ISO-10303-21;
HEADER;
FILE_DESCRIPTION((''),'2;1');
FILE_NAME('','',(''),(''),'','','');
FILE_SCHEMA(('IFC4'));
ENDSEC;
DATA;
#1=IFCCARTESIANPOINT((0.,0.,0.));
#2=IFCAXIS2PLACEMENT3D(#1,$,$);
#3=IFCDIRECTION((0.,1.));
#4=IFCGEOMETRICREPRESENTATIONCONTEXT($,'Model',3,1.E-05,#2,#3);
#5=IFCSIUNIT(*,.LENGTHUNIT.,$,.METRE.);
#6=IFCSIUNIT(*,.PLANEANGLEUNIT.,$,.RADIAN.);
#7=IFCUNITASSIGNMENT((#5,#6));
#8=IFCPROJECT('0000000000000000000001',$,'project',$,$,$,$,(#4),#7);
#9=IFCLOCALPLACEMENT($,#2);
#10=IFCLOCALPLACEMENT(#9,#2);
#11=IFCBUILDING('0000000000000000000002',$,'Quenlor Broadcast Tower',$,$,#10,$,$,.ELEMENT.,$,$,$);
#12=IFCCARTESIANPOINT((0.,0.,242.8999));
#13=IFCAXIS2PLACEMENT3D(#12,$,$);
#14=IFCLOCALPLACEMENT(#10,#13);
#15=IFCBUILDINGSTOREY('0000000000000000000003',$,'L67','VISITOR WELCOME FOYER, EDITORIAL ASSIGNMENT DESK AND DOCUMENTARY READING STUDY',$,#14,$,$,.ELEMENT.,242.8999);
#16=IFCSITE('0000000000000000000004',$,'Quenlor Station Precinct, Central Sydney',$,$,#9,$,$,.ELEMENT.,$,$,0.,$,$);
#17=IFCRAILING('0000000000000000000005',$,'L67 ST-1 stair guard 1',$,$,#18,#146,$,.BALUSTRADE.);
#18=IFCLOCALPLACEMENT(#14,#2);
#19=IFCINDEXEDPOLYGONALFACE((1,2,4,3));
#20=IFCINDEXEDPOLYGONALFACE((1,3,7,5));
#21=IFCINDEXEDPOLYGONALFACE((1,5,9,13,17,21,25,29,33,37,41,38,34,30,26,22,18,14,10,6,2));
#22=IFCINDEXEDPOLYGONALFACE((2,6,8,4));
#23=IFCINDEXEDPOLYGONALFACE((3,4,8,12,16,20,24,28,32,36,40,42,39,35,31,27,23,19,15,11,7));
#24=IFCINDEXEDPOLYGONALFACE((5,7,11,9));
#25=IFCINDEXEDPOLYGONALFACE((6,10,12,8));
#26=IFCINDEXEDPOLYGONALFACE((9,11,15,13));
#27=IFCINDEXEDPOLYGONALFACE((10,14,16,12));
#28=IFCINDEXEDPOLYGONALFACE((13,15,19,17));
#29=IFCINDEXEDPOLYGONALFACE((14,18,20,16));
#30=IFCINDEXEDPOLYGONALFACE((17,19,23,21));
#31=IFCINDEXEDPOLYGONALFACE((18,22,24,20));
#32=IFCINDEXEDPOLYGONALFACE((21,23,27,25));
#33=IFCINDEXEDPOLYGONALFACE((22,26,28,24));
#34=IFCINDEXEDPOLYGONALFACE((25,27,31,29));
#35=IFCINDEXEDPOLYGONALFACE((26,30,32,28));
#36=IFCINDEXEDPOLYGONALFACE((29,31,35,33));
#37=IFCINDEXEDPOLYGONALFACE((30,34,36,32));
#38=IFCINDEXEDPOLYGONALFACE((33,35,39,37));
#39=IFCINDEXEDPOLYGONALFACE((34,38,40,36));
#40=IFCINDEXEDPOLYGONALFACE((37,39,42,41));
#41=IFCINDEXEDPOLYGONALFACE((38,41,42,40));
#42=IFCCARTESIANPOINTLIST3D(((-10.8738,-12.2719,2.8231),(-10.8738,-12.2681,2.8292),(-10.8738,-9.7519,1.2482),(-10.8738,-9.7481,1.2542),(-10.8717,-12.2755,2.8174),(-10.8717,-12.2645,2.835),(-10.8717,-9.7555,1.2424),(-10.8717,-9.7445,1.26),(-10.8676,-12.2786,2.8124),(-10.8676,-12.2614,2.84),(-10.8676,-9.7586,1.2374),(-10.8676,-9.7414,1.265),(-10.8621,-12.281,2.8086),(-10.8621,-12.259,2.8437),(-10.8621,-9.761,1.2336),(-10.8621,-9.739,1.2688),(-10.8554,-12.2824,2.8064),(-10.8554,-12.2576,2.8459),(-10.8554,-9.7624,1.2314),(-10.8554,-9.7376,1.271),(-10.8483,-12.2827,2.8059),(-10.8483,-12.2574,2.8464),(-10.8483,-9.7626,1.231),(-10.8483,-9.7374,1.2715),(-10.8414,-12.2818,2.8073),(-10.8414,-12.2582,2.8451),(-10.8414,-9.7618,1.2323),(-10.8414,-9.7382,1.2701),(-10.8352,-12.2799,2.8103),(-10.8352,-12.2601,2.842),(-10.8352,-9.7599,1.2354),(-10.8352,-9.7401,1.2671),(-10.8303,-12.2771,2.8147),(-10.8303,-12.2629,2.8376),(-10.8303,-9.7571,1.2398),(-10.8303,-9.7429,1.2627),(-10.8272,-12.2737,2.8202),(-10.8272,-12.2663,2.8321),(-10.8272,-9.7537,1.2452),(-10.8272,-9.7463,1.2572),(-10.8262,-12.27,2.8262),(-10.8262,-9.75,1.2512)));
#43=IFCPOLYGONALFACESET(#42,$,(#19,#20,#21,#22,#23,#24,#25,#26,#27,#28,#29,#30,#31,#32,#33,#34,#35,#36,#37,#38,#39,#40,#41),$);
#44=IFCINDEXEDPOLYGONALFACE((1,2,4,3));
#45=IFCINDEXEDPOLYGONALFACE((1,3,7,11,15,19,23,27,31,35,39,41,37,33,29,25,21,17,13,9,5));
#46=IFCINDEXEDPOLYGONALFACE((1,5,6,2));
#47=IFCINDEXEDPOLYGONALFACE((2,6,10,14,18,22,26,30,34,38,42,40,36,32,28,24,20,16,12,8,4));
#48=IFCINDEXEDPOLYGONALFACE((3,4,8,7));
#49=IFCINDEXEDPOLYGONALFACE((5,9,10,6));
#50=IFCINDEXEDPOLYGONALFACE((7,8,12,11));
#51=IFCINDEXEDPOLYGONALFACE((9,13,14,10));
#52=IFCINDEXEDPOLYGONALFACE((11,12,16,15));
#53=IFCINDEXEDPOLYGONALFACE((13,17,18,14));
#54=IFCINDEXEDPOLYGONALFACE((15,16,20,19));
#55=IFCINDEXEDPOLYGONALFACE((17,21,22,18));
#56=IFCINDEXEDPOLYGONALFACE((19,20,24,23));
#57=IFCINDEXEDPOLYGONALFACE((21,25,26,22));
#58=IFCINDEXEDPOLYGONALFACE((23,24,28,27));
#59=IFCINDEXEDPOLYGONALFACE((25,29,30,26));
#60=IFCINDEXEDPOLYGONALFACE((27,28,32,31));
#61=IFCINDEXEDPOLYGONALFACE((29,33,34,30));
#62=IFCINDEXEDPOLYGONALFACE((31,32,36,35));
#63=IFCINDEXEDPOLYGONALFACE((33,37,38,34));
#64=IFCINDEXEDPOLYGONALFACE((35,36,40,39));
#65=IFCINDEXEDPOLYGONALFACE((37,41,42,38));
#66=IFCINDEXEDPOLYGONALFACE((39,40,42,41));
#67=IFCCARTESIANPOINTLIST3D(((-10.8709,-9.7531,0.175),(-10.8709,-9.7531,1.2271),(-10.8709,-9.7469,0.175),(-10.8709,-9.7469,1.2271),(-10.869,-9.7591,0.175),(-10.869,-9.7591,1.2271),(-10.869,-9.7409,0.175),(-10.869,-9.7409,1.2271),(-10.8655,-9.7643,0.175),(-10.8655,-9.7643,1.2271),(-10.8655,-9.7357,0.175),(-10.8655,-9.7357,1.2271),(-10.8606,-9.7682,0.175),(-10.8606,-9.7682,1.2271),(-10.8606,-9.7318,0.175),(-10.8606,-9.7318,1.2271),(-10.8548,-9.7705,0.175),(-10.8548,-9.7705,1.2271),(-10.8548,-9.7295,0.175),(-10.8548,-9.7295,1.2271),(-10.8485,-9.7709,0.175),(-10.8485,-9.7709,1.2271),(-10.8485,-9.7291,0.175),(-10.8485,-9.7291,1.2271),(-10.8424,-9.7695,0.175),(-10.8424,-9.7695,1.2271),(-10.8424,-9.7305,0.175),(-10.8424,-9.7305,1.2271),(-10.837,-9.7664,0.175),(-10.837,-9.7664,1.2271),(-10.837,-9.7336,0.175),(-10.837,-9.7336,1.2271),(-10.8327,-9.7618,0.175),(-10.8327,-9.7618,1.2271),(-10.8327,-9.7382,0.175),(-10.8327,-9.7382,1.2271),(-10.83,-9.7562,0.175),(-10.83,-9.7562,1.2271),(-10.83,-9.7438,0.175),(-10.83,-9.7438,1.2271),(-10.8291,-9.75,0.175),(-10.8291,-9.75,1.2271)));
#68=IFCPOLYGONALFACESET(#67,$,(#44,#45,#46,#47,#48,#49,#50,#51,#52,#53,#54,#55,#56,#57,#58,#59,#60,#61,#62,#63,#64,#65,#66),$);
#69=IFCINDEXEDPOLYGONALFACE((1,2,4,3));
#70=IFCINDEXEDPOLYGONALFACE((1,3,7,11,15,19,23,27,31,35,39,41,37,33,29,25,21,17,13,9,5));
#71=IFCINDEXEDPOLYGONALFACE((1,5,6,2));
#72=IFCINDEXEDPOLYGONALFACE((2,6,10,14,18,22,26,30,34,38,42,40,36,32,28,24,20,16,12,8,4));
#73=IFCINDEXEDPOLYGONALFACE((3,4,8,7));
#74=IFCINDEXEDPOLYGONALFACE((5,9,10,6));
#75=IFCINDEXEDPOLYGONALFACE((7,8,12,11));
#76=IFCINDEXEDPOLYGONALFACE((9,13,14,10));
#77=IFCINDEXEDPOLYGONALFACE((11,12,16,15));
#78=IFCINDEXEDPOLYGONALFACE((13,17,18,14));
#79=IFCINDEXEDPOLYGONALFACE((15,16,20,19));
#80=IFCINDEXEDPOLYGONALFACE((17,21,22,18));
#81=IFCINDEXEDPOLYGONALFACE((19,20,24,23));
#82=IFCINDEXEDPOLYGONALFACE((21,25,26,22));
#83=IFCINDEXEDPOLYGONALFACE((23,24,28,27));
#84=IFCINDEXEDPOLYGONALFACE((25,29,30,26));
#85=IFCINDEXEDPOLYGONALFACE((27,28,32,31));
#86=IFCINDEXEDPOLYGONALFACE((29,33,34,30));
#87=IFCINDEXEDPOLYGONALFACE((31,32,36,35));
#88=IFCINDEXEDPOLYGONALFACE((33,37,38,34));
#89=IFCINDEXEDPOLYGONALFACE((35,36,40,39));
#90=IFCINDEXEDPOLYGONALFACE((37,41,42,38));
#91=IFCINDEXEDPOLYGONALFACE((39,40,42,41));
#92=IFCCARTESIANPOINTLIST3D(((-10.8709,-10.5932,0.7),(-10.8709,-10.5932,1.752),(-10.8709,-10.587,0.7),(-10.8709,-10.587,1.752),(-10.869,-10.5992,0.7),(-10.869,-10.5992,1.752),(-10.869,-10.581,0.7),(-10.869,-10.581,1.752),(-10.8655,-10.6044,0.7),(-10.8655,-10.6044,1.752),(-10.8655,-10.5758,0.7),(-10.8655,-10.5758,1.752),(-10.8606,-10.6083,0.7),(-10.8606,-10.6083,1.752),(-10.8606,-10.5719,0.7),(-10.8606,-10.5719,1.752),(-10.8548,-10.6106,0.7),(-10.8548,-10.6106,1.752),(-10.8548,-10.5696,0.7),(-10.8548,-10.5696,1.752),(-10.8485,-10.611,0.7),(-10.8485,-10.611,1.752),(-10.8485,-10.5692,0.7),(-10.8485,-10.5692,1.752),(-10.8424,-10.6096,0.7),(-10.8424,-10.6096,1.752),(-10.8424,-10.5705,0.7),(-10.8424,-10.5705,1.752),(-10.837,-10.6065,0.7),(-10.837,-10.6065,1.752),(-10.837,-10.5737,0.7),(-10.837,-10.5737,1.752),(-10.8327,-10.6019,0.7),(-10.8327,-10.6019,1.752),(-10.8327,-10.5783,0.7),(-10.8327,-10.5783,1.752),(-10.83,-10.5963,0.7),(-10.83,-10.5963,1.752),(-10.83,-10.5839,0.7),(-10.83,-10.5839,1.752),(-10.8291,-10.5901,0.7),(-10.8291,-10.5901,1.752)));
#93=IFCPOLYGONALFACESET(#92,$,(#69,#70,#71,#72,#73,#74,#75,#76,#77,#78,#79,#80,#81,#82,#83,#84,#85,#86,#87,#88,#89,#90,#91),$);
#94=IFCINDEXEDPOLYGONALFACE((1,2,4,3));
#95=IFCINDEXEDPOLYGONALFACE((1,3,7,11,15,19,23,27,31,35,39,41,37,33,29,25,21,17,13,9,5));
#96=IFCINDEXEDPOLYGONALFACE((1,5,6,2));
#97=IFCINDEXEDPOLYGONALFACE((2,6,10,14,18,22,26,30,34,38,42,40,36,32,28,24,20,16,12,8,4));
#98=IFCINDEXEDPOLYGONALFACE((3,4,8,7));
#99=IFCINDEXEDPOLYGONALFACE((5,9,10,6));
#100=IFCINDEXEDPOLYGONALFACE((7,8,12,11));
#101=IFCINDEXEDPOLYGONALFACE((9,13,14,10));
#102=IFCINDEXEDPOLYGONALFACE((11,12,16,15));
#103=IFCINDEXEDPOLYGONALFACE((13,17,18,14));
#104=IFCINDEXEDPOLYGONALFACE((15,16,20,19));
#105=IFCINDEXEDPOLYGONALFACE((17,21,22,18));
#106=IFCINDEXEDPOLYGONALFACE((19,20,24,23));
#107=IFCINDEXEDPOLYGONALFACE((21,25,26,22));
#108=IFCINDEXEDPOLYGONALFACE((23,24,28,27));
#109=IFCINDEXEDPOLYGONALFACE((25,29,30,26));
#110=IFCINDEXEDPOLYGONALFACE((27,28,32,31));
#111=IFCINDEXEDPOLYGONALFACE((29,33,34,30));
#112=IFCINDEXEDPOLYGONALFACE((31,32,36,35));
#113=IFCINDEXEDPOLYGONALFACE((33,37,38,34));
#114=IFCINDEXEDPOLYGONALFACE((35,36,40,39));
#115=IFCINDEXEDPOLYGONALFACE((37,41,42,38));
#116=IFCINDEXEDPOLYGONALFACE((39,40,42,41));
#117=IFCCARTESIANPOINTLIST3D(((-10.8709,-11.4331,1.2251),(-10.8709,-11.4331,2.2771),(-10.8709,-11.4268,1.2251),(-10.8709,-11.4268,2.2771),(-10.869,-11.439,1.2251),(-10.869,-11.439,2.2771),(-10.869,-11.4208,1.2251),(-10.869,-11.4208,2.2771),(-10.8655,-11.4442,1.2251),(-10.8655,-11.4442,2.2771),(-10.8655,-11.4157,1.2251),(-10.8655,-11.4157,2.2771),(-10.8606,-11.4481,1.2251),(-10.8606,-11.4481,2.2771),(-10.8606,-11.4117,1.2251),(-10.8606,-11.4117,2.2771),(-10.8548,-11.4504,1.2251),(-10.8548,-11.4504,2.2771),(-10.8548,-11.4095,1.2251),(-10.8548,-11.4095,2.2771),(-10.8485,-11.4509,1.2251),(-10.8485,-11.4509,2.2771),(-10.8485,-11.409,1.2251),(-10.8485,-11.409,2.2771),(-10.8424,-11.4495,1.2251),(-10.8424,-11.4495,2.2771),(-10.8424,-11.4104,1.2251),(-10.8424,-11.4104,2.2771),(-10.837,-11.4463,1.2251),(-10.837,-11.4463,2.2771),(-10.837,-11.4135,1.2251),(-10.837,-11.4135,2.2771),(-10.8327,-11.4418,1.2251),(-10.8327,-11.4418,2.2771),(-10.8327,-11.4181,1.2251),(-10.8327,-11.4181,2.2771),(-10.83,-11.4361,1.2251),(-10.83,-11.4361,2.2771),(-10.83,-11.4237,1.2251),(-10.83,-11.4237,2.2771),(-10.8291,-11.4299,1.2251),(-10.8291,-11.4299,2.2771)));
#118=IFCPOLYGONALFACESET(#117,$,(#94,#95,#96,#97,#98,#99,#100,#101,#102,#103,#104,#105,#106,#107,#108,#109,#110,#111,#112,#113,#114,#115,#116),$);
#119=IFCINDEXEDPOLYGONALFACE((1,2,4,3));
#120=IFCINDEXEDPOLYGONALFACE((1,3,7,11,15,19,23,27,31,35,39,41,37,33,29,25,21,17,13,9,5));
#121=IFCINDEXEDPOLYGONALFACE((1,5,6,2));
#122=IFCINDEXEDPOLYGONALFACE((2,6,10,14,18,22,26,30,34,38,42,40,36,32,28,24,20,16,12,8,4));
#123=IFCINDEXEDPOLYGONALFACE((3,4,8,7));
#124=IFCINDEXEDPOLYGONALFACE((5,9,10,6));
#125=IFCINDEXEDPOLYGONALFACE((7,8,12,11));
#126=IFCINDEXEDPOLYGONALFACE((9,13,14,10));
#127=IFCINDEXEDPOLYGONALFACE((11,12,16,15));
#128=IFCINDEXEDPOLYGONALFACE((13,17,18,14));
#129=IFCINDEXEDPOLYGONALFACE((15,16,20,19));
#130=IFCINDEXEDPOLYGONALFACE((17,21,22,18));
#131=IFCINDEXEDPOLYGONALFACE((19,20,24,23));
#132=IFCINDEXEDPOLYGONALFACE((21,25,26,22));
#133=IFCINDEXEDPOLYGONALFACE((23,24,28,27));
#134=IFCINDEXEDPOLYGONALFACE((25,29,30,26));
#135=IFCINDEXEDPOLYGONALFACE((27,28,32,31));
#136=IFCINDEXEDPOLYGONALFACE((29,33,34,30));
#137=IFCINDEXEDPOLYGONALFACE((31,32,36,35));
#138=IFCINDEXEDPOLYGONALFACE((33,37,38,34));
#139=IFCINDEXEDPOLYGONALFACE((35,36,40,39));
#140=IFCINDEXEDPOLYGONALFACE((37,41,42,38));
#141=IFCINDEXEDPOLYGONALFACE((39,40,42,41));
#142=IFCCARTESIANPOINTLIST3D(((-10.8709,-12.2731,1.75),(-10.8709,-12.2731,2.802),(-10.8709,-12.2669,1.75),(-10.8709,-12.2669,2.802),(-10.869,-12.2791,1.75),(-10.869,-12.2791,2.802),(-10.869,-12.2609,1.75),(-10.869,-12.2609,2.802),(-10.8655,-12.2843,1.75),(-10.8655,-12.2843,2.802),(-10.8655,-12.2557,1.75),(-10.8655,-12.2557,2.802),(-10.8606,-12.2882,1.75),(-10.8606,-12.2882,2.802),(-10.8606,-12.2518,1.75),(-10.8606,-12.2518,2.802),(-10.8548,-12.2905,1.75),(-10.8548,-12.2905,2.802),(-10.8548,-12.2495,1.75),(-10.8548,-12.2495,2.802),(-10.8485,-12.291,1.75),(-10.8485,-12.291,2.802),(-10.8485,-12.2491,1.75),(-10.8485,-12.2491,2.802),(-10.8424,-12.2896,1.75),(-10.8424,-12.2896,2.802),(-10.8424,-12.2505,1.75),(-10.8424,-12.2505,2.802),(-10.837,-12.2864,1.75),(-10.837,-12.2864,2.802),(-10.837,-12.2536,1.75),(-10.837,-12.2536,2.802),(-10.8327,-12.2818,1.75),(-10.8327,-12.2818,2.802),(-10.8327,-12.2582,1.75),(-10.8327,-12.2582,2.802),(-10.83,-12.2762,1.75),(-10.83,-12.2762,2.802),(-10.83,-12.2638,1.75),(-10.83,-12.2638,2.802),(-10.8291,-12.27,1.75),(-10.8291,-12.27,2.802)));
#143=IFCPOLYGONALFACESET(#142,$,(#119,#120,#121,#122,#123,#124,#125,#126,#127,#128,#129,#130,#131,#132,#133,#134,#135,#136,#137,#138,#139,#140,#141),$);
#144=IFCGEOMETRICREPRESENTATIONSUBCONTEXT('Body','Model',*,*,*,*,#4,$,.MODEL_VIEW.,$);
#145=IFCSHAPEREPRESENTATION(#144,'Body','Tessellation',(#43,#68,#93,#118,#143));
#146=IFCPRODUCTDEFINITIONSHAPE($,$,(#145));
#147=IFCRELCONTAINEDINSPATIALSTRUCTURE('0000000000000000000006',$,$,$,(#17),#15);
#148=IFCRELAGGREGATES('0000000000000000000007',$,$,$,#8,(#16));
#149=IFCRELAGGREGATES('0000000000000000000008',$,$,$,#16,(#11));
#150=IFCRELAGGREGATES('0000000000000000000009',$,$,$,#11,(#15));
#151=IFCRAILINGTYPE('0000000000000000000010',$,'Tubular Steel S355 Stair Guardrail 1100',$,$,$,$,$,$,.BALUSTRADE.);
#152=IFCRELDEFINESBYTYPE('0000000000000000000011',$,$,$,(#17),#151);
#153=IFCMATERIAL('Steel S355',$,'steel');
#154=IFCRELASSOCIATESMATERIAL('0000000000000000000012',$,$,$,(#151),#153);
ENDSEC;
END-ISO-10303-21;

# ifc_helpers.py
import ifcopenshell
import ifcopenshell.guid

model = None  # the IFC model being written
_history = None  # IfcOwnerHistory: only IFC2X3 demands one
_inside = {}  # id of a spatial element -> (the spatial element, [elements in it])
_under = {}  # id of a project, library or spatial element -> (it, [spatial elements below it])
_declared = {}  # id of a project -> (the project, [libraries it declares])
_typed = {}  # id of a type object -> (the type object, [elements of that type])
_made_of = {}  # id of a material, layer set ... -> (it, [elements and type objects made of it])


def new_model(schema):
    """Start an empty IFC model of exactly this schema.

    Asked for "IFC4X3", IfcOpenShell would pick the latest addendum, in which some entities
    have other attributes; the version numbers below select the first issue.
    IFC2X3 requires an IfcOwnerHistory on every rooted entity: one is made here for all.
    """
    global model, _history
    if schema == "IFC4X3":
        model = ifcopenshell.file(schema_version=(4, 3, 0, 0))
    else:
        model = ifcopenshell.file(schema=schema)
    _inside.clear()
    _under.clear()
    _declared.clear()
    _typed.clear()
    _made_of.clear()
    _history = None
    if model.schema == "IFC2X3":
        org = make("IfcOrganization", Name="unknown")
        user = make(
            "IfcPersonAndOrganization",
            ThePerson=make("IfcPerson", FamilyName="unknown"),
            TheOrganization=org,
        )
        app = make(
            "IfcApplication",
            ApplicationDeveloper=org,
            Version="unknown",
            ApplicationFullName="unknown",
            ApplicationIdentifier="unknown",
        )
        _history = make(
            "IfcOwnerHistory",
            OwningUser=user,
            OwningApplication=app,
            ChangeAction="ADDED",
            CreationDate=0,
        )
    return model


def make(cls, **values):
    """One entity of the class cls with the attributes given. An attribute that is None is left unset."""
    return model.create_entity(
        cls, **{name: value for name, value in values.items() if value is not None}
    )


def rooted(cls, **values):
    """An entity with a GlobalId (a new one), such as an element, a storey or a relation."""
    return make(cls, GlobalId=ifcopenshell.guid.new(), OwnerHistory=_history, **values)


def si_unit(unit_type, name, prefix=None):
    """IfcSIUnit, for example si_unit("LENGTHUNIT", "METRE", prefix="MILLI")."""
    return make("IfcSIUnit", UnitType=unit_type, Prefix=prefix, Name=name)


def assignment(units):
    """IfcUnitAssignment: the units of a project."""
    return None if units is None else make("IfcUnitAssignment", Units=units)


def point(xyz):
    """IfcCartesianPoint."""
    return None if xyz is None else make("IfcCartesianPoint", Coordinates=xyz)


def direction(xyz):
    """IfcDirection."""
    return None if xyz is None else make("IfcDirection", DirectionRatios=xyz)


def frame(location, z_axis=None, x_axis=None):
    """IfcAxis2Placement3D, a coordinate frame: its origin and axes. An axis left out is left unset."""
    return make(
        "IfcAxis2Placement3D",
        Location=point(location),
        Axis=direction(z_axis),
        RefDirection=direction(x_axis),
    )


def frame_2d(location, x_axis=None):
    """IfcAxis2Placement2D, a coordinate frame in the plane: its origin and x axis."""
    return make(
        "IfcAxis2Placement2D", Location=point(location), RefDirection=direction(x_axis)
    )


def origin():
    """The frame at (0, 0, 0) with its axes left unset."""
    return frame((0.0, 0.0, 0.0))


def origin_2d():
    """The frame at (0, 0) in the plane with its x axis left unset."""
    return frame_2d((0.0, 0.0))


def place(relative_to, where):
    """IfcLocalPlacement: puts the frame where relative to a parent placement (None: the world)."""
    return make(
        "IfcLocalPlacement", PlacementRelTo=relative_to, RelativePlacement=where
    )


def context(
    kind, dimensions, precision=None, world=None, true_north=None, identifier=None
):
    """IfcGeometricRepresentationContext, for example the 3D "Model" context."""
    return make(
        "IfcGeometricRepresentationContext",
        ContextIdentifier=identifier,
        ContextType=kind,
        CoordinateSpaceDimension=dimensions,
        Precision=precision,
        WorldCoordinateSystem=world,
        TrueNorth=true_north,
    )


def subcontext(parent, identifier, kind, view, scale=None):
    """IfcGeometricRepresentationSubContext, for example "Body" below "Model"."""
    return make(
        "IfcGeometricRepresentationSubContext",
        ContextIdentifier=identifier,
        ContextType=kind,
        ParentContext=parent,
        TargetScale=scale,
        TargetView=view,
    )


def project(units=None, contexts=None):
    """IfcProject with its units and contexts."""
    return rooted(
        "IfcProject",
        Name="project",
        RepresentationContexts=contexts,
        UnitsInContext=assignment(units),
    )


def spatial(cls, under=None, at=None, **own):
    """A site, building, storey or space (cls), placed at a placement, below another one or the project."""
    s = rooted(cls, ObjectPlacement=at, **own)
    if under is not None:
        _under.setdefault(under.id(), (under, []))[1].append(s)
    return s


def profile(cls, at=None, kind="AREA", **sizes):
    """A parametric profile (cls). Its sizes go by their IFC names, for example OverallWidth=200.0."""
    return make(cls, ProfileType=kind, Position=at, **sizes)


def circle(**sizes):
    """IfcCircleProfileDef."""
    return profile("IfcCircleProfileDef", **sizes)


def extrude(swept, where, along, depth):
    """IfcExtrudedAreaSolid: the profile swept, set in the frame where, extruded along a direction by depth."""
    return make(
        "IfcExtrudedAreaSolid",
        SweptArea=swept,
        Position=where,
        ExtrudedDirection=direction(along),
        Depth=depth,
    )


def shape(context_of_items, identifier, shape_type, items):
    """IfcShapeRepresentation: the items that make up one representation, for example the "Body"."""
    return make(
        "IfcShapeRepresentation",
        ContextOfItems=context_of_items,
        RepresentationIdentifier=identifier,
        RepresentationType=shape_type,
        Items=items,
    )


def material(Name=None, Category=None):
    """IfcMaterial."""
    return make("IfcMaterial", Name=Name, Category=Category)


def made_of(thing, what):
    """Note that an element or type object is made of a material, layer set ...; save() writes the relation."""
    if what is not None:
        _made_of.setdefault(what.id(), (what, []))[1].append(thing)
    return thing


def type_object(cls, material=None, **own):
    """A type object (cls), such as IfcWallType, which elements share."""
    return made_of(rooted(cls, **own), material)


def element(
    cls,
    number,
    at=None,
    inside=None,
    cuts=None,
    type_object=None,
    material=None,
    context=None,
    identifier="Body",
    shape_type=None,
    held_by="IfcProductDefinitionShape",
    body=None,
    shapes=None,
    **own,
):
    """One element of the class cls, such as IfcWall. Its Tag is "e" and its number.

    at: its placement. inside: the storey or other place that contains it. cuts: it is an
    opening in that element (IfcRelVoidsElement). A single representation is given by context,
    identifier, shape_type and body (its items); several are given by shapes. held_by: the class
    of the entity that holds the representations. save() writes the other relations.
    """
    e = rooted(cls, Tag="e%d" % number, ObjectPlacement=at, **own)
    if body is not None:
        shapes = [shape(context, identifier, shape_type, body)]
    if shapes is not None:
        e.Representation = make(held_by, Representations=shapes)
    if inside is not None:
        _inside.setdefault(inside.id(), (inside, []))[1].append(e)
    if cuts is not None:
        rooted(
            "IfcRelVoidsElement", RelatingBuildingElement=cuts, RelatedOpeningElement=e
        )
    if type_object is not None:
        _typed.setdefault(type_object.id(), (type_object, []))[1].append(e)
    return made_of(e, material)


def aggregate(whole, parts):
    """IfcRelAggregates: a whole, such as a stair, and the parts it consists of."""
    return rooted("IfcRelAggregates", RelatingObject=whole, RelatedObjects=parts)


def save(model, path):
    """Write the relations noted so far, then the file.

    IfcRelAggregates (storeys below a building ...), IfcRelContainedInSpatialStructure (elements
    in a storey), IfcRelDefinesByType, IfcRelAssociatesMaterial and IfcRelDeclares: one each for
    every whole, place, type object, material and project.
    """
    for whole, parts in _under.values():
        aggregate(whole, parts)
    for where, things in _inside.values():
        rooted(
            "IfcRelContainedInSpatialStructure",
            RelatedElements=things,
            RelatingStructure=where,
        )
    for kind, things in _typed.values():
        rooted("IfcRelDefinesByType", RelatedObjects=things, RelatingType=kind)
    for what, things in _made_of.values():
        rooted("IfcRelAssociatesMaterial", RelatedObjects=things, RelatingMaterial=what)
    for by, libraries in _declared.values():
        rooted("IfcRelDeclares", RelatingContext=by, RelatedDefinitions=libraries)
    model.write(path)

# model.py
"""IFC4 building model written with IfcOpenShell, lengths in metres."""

from ifc_helpers import new_model, si_unit, direction, frame, origin, origin_2d, place, context, subcontext, project, spatial, circle, extrude, material, type_object, element, save


model = new_model("IFC4")

# Units and contexts
model_context = context("Model", 3, precision=1e-05, world=origin(), true_north=direction((0.0, 1.0)))
body_context = subcontext(model_context, "Body", "Model", "MODEL_VIEW")
ifc_project = project(units=[si_unit("LENGTHUNIT", "METRE"), si_unit("PLANEANGLEUNIT", "RADIAN")], contexts=[model_context])

# Site, building, storey
site_placement = place(None, origin())
site = spatial("IfcSite", under=ifc_project, at=site_placement, Name="Quenlor Station Precinct, Central Sydney", CompositionType="ELEMENT", RefElevation=0.0)
building_placement = place(site_placement, origin())
building = spatial("IfcBuilding", under=site, at=building_placement, Name="Quenlor Broadcast Tower", CompositionType="ELEMENT")
storey_placement = place(building_placement, frame((0.0, 0.0, 242.8999)))
storey = spatial("IfcBuildingStorey", under=building, at=storey_placement, Name="L67", Description="VISITOR WELCOME FOYER, EDITORIAL ASSIGNMENT DESK AND DOCUMENTARY READING STUDY", CompositionType="ELEMENT", Elevation=242.8999)

# Railing
ifc_material_1 = material(Name="Steel S355", Category="steel")
railing_type_1 = type_object("IfcRailingType", Name="Tubular Steel S355 Stair Guardrail 1100", PredefinedType="BALUSTRADE", material=ifc_material_1)
railing_1_placement = place(storey_placement, frame((-10.8501, -9.75, 0.175)))
element("IfcRailing", 1, at=railing_1_placement, inside=storey, type_object=railing_type_1, Name="L67 ST-1 stair guard 1", PredefinedType="BALUSTRADE", context=body_context, shape_type="SweptSolid", body=[
    extrude(circle(Radius=0.0239, at=origin_2d()), frame((0.0, 0.0, 1.0762), z_axis=(0.0, -0.848008, 0.529984), x_axis=(1.0, 0.0, 0.0)), (0.0, 0.0, 1.0), 2.9717),
    extrude(circle(Radius=0.021, at=origin_2d()), origin(), (0.0, 0.0, 1.0), 1.052),
    extrude(circle(Radius=0.021, at=origin_2d()), frame((0.0, -0.8401, 0.5249)), (0.0, 0.0, 1.0), 1.052),
    extrude(circle(Radius=0.021, at=origin_2d()), frame((0.0, -1.6799, 1.05)), (0.0, 0.0, 1.0), 1.052),
    extrude(circle(Radius=0.021, at=origin_2d()), frame((0.0, -2.52, 1.575)), (0.0, 0.0, 1.0), 1.052),
])

save(model, "model.ifc")
